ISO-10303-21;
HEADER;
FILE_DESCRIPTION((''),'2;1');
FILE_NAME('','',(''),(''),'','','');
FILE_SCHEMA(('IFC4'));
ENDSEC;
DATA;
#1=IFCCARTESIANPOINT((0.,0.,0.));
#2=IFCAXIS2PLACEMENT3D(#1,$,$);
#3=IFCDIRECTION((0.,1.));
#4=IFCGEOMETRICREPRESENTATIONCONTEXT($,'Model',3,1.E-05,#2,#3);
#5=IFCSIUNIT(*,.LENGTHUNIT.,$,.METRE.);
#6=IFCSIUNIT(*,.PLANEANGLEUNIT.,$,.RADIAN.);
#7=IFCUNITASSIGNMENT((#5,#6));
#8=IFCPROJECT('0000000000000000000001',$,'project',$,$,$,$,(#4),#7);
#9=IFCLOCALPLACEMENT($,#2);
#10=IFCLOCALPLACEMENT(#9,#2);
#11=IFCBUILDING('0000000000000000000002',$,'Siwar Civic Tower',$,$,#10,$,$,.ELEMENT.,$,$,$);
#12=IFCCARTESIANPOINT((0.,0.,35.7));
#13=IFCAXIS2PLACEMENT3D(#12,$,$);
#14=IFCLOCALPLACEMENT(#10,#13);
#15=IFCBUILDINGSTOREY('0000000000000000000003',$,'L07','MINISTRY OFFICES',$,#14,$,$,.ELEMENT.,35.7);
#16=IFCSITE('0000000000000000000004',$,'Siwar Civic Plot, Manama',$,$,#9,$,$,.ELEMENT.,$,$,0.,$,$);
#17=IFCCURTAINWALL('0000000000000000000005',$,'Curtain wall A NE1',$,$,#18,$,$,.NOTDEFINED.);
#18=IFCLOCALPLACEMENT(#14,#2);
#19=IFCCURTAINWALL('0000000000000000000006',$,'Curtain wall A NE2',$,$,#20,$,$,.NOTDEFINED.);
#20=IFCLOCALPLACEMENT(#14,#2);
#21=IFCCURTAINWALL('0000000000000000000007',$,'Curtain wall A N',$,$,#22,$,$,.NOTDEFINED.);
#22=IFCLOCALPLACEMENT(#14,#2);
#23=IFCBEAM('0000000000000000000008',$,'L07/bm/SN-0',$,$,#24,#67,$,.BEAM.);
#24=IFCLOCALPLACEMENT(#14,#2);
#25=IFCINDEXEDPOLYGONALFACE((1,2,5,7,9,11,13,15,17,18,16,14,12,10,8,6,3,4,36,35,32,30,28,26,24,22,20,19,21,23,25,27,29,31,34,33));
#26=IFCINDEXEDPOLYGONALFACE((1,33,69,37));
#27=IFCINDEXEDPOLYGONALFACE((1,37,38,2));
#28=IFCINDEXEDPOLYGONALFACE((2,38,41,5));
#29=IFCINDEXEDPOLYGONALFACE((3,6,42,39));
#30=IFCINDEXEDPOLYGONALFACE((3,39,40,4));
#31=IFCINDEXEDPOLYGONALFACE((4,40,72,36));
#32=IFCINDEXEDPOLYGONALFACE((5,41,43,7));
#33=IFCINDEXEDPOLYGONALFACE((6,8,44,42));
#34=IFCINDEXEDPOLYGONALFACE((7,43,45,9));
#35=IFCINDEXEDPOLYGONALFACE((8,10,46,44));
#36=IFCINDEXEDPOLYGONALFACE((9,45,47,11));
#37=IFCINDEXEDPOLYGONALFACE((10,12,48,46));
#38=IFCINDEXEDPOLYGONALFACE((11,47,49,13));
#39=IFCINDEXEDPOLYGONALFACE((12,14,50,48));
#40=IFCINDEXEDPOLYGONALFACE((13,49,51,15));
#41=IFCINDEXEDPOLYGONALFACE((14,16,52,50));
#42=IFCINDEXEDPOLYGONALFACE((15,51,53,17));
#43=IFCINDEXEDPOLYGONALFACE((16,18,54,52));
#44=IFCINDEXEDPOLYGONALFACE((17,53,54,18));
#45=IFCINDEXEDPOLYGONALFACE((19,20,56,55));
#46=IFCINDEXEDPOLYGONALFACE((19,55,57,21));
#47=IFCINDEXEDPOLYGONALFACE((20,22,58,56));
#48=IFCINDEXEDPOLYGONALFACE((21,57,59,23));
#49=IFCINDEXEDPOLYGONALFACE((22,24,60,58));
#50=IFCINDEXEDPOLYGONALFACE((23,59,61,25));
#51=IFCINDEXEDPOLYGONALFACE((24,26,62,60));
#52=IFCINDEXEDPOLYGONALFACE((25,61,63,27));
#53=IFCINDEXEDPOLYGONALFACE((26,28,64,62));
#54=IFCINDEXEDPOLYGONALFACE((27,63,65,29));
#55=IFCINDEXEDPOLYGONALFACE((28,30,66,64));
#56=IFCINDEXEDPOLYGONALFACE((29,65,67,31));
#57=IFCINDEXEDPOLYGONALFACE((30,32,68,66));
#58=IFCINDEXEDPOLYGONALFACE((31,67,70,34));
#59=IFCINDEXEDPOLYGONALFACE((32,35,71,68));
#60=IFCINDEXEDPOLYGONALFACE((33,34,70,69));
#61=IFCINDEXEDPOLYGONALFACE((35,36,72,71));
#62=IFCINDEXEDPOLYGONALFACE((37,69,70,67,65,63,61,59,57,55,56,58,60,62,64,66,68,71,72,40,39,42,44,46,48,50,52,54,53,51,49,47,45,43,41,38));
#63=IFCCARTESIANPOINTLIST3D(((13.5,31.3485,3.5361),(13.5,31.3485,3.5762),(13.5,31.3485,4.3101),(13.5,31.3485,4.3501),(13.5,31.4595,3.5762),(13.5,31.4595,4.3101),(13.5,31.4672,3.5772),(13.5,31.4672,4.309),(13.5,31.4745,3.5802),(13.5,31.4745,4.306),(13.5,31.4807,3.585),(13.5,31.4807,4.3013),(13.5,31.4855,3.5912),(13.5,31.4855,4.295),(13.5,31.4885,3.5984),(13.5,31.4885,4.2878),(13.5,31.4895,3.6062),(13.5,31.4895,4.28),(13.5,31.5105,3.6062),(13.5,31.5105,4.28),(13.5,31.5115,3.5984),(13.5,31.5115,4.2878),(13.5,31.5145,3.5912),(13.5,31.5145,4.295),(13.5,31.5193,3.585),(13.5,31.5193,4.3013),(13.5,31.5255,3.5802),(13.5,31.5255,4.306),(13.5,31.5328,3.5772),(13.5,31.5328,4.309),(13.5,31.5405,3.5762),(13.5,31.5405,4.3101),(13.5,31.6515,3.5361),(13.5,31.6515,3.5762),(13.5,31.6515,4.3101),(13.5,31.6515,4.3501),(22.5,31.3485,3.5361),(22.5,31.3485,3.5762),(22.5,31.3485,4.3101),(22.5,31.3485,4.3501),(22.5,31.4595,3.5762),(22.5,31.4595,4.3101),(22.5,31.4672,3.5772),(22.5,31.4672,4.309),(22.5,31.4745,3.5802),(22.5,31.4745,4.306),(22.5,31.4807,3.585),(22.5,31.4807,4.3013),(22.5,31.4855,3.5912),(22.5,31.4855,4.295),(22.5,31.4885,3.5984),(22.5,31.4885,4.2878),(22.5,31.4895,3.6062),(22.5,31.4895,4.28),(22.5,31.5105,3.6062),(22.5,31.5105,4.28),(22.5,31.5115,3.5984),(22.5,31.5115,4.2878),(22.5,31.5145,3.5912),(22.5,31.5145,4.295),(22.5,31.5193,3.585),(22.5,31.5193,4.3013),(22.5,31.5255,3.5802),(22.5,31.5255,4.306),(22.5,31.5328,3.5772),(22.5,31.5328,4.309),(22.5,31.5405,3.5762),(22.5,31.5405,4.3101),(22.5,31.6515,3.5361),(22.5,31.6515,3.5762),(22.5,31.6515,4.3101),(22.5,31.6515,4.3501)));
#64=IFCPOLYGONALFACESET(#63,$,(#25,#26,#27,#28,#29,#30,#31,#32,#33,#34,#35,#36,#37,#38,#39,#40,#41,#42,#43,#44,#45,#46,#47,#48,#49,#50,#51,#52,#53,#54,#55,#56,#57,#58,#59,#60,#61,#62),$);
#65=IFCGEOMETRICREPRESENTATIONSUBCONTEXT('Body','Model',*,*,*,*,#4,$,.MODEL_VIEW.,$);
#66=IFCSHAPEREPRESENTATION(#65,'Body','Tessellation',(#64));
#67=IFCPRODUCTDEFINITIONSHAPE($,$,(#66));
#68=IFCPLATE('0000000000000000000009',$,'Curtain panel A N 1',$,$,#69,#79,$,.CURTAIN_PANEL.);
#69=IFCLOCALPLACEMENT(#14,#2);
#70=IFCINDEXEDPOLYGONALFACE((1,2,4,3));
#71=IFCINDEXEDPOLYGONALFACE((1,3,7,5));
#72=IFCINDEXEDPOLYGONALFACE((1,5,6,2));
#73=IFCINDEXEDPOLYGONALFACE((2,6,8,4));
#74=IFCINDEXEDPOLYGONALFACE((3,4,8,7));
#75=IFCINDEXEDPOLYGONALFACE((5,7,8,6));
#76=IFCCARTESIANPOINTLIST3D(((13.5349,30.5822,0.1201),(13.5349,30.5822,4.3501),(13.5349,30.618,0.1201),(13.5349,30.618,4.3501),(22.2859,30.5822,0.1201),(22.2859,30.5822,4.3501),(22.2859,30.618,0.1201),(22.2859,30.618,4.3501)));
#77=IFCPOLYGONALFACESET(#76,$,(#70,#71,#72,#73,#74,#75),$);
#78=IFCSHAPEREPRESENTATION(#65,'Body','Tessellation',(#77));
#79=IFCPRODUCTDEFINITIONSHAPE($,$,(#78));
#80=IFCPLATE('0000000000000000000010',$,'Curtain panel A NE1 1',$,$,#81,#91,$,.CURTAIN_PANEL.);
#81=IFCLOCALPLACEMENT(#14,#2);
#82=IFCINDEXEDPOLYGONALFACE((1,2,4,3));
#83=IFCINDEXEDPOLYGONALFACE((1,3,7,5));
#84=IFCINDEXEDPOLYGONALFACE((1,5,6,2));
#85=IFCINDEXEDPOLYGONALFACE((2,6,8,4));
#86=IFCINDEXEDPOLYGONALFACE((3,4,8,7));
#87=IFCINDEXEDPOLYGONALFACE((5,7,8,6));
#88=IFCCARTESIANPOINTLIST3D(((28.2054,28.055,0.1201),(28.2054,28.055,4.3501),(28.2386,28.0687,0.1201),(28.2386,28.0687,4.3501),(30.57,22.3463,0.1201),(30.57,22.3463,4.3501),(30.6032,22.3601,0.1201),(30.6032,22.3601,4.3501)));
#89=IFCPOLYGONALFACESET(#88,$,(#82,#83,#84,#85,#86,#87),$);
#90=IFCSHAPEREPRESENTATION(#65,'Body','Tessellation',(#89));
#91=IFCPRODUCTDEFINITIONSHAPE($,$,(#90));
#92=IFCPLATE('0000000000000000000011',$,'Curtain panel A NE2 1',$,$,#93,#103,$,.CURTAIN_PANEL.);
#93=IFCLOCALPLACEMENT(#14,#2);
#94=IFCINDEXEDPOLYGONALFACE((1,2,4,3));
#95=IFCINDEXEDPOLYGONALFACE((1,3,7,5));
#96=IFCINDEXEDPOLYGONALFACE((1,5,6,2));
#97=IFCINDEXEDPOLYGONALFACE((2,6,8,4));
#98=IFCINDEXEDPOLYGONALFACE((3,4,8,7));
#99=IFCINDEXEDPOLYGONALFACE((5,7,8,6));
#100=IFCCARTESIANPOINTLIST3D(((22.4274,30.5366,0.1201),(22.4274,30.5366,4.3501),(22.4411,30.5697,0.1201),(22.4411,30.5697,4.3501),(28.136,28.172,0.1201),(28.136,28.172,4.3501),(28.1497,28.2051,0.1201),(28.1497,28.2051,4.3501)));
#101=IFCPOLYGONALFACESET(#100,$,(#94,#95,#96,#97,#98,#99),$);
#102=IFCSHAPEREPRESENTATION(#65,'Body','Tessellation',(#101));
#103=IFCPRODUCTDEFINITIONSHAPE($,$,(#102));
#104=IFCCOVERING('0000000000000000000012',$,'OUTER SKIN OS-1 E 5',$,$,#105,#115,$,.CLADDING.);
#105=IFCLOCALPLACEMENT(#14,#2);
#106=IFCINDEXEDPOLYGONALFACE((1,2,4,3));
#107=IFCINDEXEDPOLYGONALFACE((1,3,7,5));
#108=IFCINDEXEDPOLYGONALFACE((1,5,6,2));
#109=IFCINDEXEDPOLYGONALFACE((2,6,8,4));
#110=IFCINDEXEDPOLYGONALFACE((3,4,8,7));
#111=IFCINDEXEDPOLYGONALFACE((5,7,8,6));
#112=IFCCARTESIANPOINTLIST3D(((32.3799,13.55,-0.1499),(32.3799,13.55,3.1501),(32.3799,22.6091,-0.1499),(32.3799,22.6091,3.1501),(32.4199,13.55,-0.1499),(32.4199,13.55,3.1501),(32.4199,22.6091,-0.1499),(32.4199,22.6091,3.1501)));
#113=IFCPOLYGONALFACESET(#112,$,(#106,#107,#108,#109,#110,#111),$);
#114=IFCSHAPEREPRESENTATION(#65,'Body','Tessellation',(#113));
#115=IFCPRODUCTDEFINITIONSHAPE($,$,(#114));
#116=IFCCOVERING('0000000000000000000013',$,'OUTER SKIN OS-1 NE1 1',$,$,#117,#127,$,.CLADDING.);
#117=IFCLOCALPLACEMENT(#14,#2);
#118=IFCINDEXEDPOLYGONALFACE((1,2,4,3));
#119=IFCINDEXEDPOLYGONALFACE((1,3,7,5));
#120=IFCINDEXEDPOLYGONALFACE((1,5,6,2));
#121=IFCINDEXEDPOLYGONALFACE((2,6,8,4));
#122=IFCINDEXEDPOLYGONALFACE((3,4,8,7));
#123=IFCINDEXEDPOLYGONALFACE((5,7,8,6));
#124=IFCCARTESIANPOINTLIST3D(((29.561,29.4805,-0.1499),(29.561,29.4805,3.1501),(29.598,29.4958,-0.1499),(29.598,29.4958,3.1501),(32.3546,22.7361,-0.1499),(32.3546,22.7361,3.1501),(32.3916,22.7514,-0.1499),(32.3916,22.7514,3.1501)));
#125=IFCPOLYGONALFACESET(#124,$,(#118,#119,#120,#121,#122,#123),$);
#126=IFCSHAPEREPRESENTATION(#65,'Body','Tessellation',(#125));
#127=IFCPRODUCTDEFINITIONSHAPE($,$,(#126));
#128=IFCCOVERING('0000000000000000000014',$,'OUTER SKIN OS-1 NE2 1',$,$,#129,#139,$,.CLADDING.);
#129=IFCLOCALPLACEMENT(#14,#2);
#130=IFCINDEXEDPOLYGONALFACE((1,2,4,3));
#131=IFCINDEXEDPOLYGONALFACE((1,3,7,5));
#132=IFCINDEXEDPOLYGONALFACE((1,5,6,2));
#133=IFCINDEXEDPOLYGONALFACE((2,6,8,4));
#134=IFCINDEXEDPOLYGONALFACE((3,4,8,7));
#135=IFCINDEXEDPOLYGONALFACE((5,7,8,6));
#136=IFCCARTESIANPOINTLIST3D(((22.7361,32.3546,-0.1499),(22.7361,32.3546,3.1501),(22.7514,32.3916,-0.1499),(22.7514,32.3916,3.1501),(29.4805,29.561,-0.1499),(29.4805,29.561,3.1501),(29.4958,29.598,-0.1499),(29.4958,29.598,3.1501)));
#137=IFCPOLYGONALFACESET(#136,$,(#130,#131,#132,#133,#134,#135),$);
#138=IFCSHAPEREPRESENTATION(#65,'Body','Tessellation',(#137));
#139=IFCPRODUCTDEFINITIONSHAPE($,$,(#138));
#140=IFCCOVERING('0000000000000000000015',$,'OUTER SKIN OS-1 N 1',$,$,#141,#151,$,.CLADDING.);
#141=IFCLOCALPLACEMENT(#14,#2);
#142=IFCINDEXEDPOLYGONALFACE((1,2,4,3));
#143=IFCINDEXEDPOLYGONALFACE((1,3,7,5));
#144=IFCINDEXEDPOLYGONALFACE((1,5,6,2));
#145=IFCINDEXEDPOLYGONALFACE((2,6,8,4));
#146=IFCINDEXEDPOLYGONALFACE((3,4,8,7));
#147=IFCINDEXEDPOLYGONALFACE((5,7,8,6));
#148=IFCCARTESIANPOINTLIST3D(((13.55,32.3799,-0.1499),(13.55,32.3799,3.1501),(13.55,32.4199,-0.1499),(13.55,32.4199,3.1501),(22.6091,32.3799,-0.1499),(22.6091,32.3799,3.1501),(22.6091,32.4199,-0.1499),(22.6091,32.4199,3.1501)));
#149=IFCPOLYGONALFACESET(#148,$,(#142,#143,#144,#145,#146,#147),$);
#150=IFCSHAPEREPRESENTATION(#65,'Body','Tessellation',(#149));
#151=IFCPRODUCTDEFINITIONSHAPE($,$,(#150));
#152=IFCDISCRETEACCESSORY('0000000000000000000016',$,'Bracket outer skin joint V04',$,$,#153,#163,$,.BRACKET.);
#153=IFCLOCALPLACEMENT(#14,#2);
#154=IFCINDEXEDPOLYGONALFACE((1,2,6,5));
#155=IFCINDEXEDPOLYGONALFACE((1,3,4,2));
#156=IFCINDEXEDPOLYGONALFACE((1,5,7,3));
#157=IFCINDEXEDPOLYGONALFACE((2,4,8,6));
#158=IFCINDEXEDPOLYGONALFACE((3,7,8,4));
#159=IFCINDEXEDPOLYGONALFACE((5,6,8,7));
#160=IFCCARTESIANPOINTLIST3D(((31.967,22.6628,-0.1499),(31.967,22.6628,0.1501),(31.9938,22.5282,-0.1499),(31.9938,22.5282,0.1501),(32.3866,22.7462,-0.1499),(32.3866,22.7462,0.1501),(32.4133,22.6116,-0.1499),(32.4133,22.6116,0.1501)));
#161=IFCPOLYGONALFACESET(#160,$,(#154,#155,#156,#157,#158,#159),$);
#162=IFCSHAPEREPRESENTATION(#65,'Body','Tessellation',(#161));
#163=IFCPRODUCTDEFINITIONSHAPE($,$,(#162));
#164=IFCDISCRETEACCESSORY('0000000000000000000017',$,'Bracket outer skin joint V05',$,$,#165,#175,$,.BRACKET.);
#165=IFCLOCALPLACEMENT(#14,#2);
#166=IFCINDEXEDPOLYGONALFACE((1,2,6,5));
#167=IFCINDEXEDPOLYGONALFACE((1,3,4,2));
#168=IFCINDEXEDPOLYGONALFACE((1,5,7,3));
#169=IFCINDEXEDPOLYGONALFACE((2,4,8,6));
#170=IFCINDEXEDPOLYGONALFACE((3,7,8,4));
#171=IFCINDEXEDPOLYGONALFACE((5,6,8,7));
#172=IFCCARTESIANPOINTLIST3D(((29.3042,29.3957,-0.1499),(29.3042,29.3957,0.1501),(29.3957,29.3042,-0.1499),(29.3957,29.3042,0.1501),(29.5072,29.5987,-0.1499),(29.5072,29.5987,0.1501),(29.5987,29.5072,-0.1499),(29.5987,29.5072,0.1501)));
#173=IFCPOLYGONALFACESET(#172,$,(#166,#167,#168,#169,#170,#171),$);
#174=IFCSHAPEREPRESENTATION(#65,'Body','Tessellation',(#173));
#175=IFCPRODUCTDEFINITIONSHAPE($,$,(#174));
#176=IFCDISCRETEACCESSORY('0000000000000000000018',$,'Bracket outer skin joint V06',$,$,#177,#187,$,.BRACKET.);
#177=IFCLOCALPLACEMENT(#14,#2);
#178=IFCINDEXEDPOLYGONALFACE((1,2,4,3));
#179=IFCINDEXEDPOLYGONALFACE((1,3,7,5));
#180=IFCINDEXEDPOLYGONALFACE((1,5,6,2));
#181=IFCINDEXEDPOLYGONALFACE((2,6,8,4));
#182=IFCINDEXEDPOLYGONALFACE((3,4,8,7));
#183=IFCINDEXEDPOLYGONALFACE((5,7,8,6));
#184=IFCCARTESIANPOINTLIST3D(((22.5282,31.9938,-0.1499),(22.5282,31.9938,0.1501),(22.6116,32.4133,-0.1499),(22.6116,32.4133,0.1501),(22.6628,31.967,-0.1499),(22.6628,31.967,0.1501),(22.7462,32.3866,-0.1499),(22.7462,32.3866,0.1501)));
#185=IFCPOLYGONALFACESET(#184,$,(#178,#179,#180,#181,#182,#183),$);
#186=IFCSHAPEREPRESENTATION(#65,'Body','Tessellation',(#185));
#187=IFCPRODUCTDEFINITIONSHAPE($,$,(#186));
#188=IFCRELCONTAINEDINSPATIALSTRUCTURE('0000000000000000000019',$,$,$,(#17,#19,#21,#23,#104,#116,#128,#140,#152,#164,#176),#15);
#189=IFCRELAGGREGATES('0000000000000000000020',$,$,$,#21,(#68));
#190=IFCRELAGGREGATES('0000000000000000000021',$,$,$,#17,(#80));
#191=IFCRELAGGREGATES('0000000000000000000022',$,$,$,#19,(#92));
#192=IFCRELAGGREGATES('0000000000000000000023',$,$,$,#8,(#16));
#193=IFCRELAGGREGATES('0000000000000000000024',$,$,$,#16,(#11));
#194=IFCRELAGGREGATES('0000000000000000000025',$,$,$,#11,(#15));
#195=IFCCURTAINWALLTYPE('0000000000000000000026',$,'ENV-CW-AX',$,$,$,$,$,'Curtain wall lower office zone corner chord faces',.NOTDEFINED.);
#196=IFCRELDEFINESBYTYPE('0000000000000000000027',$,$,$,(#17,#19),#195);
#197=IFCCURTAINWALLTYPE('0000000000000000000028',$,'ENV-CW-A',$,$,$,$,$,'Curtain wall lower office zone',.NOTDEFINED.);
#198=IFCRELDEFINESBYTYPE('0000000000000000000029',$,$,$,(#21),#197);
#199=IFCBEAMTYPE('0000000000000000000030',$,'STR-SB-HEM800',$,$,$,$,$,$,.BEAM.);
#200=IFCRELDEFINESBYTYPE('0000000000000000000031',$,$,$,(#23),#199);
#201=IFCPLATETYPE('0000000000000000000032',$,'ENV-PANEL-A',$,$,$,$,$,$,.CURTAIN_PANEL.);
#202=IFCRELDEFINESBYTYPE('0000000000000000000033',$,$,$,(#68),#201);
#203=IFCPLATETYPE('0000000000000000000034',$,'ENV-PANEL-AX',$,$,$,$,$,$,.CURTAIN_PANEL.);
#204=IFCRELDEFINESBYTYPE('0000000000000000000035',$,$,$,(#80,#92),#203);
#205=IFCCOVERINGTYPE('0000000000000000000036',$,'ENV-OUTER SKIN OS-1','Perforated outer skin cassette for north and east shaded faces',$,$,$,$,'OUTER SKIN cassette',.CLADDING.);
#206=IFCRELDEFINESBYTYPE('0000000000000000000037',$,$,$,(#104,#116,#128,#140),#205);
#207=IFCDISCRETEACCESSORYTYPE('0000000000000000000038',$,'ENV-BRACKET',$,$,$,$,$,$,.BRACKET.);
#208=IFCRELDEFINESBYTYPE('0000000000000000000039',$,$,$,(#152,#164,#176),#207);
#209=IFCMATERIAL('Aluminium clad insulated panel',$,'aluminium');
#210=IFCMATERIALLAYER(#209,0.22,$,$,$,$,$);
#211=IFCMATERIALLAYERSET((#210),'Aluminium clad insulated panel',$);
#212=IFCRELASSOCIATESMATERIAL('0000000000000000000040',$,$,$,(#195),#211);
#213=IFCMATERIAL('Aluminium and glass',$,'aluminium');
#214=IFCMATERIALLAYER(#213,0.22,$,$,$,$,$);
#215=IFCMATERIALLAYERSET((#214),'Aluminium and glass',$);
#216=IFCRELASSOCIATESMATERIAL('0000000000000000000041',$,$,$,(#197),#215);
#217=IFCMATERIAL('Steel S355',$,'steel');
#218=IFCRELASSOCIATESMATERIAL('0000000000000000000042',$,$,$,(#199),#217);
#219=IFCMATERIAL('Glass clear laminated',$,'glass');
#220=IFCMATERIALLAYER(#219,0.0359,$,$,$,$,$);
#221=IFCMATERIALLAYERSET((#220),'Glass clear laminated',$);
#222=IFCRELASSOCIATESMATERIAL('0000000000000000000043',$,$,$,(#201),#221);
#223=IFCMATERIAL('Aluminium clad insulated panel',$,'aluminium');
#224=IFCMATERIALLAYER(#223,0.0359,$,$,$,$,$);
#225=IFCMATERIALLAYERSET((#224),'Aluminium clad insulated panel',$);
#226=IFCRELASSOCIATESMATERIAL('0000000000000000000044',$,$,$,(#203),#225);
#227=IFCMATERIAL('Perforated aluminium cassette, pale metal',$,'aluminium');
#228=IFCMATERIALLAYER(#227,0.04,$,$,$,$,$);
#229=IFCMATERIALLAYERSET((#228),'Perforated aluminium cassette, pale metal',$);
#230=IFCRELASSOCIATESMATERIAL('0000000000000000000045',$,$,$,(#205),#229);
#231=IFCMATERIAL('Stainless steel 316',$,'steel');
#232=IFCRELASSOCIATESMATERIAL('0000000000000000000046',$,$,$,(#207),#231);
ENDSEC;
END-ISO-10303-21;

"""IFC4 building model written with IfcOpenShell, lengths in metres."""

from ifc_helpers import new_model, si_unit, direction, frame, origin, origin_2d, place, context, subcontext, project, spatial, rectangle, i_section, extrude, material, layer, layer_set, material_profile, profile_set, type_object, element, aggregate, save


model = new_model("IFC4")

# Units and contexts
model_context = context("Model", 3, precision=1e-05, world=origin(), true_north=direction((0.0, 1.0)))
body_context = subcontext(model_context, "Body", "Model", "MODEL_VIEW")
ifc_project = project(units=[si_unit("LENGTHUNIT", "METRE"), si_unit("PLANEANGLEUNIT", "RADIAN")], contexts=[model_context])

# Site, building, storey
site_placement = place(None, origin())
site = spatial("IfcSite", under=ifc_project, at=site_placement, Name="Siwar Civic Plot, Manama", CompositionType="ELEMENT", RefElevation=0.0)
building_placement = place(site_placement, origin())
building = spatial("IfcBuilding", under=site, at=building_placement, Name="Siwar Civic Tower", CompositionType="ELEMENT")
storey_placement = place(building_placement, frame((0.0, 0.0, 35.7)))
storey = spatial("IfcBuildingStorey", under=building, at=storey_placement, Name="L07", Description="MINISTRY OFFICES", CompositionType="ELEMENT", Elevation=35.7)

# Curtain walls
ifc_material_1 = material(Name="Aluminium clad insulated panel", Category="aluminium")
ifc_layer_1 = layer(ifc_material_1, 0.22)
ifc_layer_set_1 = layer_set([ifc_layer_1], Name="Aluminium clad insulated panel")
curtain_wall_type_1 = type_object("IfcCurtainWallType", Name="ENV-CW-AX", ElementType="Curtain wall lower office zone corner chord faces", PredefinedType="NOTDEFINED", material=ifc_layer_set_1)
curtain_wall_1_placement = place(storey_placement, origin())
curtain_wall_1 = element("IfcCurtainWall", 1, at=curtain_wall_1_placement, inside=storey, type_object=curtain_wall_type_1, Name="Curtain wall A NE1", PredefinedType="NOTDEFINED")
curtain_wall_2_placement = place(storey_placement, origin())
curtain_wall_2 = element("IfcCurtainWall", 2, at=curtain_wall_2_placement, inside=storey, type_object=curtain_wall_type_1, Name="Curtain wall A NE2", PredefinedType="NOTDEFINED")
ifc_material_2 = material(Name="Aluminium and glass", Category="aluminium")
ifc_layer_2 = layer(ifc_material_2, 0.22)
ifc_layer_set_2 = layer_set([ifc_layer_2], Name="Aluminium and glass")
curtain_wall_type_2 = type_object("IfcCurtainWallType", Name="ENV-CW-A", ElementType="Curtain wall lower office zone", PredefinedType="NOTDEFINED", material=ifc_layer_set_2)
curtain_wall_3_placement = place(storey_placement, origin())
curtain_wall_3 = element("IfcCurtainWall", 3, at=curtain_wall_3_placement, inside=storey, type_object=curtain_wall_type_2, Name="Curtain wall A N", PredefinedType="NOTDEFINED")

# Beam
ifc_material_3 = material(Name="Steel S355", Category="steel")
ifc_material_profile_1 = material_profile(ifc_material_3, i_section(OverallWidth=0.303, OverallDepth=0.814, WebThickness=0.021, FlangeThickness=0.04, FilletRadius=0.03, at=origin_2d()), Name="HEM800")
ifc_profile_set_1 = profile_set([ifc_material_profile_1], Name="Steel S355")
beam_type_1 = type_object("IfcBeamType", Name="STR-SB-HEM800", PredefinedType="BEAM", material=ifc_profile_set_1)
beam_1_placement = place(storey_placement, frame((22.5, 31.5, 3.9431), z_axis=(-1.0, 0.0, 0.0), x_axis=(0.0, -1.0, 0.0)))
element("IfcBeam", 4, at=beam_1_placement, inside=storey, type_object=beam_type_1, Name="L07/bm/SN-0", PredefinedType="BEAM", context=body_context, shape_type="SweptSolid", body=[
    extrude(i_section(OverallWidth=0.303, OverallDepth=0.814, WebThickness=0.021, FlangeThickness=0.04, FilletRadius=0.03, at=origin_2d()), origin(), (0.0, 0.0, 1.0), 9.0),
])

# Plates
ifc_material_4 = material(Name="Glass clear laminated", Category="glass")
ifc_layer_3 = layer(ifc_material_4, 0.0359)
ifc_layer_set_3 = layer_set([ifc_layer_3], Name="Glass clear laminated")
plate_type_1 = type_object("IfcPlateType", Name="ENV-PANEL-A", PredefinedType="CURTAIN_PANEL", material=ifc_layer_set_3)
plate_1_placement = place(storey_placement, frame((17.9104, 30.6001, 0.1201), z_axis=(0.0, 0.0, 1.0), x_axis=(-1.0, 0.0, 0.0)))
plate_1 = element("IfcPlate", 5, at=plate_1_placement, type_object=plate_type_1, Name="Curtain panel A N 1", PredefinedType="CURTAIN_PANEL", context=body_context, shape_type="SweptSolid", body=[
    extrude(rectangle(XDim=8.751, YDim=0.0359, at=origin_2d()), origin(), (0.0, 0.0, 1.0), 4.23),
])
aggregate(curtain_wall_3, [plate_1])
ifc_material_5 = material(Name="Aluminium clad insulated panel", Category="aluminium")
ifc_layer_4 = layer(ifc_material_5, 0.0359)
ifc_layer_set_4 = layer_set([ifc_layer_4], Name="Aluminium clad insulated panel")
plate_type_2 = type_object("IfcPlateType", Name="ENV-PANEL-AX", PredefinedType="CURTAIN_PANEL", material=ifc_layer_set_4)
plate_2_placement = place(storey_placement, frame((29.4043, 25.2075, 0.1201), z_axis=(0.0, 0.0, 1.0), x_axis=(-0.382683, 0.92388, 0.0)))
plate_2 = element("IfcPlate", 6, at=plate_2_placement, type_object=plate_type_2, Name="Curtain panel A NE1 1", PredefinedType="CURTAIN_PANEL", context=body_context, shape_type="SweptSolid", body=[
    extrude(rectangle(XDim=6.179, YDim=0.0359, at=origin_2d()), origin(), (0.0, 0.0, 1.0), 4.23),
])
aggregate(curtain_wall_1, [plate_2])
plate_3_placement = place(storey_placement, frame((25.2886, 29.3708, 0.1201), z_axis=(0.0, 0.0, 1.0), x_axis=(-0.92388, 0.382683, 0.0)))
plate_3 = element("IfcPlate", 7, at=plate_3_placement, type_object=plate_type_2, Name="Curtain panel A NE2 1", PredefinedType="CURTAIN_PANEL", context=body_context, shape_type="SweptSolid", body=[
    extrude(rectangle(XDim=6.179, YDim=0.0359, at=origin_2d()), origin(), (0.0, 0.0, 1.0), 4.23),
])
aggregate(curtain_wall_2, [plate_3])

# Coverings
ifc_material_6 = material(Name="Perforated aluminium cassette, pale metal", Category="aluminium")
ifc_layer_5 = layer(ifc_material_6, 0.04)
ifc_layer_set_5 = layer_set([ifc_layer_5], Name="Perforated aluminium cassette, pale metal")
covering_type = type_object("IfcCoveringType", Name="ENV-OUTER SKIN OS-1", Description="Perforated outer skin cassette for north and east shaded faces", ElementType="OUTER SKIN cassette", PredefinedType="CLADDING", material=ifc_layer_set_5)
covering_1_placement = place(storey_placement, frame((32.3999, 18.0796, -0.1499), z_axis=(0.0, 0.0, 1.0), x_axis=(0.0, 1.0, 0.0)))
element("IfcCovering", 8, at=covering_1_placement, inside=storey, type_object=covering_type, Name="OUTER SKIN OS-1 E 5", PredefinedType="CLADDING", context=body_context, shape_type="SweptSolid", body=[
    extrude(rectangle(XDim=9.0591, YDim=0.04, at=origin_2d()), origin(), (0.0, 0.0, 1.0), 3.3),
])
for number, where, z_axis, x_axis, name in (
    (9, (30.9763, 26.116, -0.1499), (0.0, 0.0, 1.0), (-0.382683, 0.92388, 0.0), "OUTER SKIN OS-1 NE1 1"),
    (10, (26.116, 30.9763, -0.1499), (0.0, 0.0, 1.0), (-0.92388, 0.382683, 0.0), "OUTER SKIN OS-1 NE2 1"),
):
    element("IfcCovering", number, at=place(storey_placement, frame(where, z_axis=z_axis, x_axis=x_axis)), inside=storey, type_object=covering_type, Name=name, PredefinedType="CLADDING", context=body_context, shape_type="SweptSolid", body=[
        extrude(rectangle(XDim=7.3, YDim=0.04, at=origin_2d()), origin(), (0.0, 0.0, 1.0), 3.3),
    ])
covering_2_placement = place(storey_placement, frame((18.0796, 32.3999, -0.1499), z_axis=(0.0, 0.0, 1.0), x_axis=(-1.0, 0.0, 0.0)))
element("IfcCovering", 11, at=covering_2_placement, inside=storey, type_object=covering_type, Name="OUTER SKIN OS-1 N 1", PredefinedType="CLADDING", context=body_context, shape_type="SweptSolid", body=[
    extrude(rectangle(XDim=9.0591, YDim=0.04, at=origin_2d()), origin(), (0.0, 0.0, 1.0), 3.3),
])

# Discrete accessories
ifc_material_7 = material(Name="Stainless steel 316", Category="steel")
discrete_accessory_type = type_object("IfcDiscreteAccessoryType", Name="ENV-BRACKET", PredefinedType="BRACKET", material=ifc_material_7)
discrete_accessory_1_placement = place(storey_placement, frame((32.1902, 22.6372, -0.1499), z_axis=(0.0, 0.0, 1.0), x_axis=(0.980785, 0.19509, 0.0)))
element("IfcDiscreteAccessory", 12, at=discrete_accessory_1_placement, inside=storey, type_object=discrete_accessory_type, Name="Bracket outer skin joint V04", PredefinedType="BRACKET", context=body_context, shape_type="SweptSolid", body=[
    extrude(rectangle(XDim=0.4277, YDim=0.1372, at=origin_2d()), origin(), (0.0, 0.0, 1.0), 0.3),
])
discrete_accessory_2_placement = place(storey_placement, frame((29.4514, 29.4514, -0.1499), z_axis=(0.0, 0.0, 1.0), x_axis=(0.707107, 0.707107, 0.0)))
element("IfcDiscreteAccessory", 13, at=discrete_accessory_2_placement, inside=storey, type_object=discrete_accessory_type, Name="Bracket outer skin joint V05", PredefinedType="BRACKET", context=body_context, shape_type="SweptSolid", body=[
    extrude(rectangle(XDim=0.2871, YDim=0.1294, at=origin_2d()), origin(), (0.0, 0.0, 1.0), 0.3),
])
discrete_accessory_3_placement = place(storey_placement, frame((22.6372, 32.1902, -0.1499), z_axis=(0.0, 0.0, 1.0), x_axis=(0.19509, 0.980785, 0.0)))
element("IfcDiscreteAccessory", 14, at=discrete_accessory_3_placement, inside=storey, type_object=discrete_accessory_type, Name="Bracket outer skin joint V06", PredefinedType="BRACKET", context=body_context, shape_type="SweptSolid", body=[
    extrude(rectangle(XDim=0.4277, YDim=0.1372, at=origin_2d()), origin(), (0.0, 0.0, 1.0), 0.3),
])

save(model, "model.ifc")
